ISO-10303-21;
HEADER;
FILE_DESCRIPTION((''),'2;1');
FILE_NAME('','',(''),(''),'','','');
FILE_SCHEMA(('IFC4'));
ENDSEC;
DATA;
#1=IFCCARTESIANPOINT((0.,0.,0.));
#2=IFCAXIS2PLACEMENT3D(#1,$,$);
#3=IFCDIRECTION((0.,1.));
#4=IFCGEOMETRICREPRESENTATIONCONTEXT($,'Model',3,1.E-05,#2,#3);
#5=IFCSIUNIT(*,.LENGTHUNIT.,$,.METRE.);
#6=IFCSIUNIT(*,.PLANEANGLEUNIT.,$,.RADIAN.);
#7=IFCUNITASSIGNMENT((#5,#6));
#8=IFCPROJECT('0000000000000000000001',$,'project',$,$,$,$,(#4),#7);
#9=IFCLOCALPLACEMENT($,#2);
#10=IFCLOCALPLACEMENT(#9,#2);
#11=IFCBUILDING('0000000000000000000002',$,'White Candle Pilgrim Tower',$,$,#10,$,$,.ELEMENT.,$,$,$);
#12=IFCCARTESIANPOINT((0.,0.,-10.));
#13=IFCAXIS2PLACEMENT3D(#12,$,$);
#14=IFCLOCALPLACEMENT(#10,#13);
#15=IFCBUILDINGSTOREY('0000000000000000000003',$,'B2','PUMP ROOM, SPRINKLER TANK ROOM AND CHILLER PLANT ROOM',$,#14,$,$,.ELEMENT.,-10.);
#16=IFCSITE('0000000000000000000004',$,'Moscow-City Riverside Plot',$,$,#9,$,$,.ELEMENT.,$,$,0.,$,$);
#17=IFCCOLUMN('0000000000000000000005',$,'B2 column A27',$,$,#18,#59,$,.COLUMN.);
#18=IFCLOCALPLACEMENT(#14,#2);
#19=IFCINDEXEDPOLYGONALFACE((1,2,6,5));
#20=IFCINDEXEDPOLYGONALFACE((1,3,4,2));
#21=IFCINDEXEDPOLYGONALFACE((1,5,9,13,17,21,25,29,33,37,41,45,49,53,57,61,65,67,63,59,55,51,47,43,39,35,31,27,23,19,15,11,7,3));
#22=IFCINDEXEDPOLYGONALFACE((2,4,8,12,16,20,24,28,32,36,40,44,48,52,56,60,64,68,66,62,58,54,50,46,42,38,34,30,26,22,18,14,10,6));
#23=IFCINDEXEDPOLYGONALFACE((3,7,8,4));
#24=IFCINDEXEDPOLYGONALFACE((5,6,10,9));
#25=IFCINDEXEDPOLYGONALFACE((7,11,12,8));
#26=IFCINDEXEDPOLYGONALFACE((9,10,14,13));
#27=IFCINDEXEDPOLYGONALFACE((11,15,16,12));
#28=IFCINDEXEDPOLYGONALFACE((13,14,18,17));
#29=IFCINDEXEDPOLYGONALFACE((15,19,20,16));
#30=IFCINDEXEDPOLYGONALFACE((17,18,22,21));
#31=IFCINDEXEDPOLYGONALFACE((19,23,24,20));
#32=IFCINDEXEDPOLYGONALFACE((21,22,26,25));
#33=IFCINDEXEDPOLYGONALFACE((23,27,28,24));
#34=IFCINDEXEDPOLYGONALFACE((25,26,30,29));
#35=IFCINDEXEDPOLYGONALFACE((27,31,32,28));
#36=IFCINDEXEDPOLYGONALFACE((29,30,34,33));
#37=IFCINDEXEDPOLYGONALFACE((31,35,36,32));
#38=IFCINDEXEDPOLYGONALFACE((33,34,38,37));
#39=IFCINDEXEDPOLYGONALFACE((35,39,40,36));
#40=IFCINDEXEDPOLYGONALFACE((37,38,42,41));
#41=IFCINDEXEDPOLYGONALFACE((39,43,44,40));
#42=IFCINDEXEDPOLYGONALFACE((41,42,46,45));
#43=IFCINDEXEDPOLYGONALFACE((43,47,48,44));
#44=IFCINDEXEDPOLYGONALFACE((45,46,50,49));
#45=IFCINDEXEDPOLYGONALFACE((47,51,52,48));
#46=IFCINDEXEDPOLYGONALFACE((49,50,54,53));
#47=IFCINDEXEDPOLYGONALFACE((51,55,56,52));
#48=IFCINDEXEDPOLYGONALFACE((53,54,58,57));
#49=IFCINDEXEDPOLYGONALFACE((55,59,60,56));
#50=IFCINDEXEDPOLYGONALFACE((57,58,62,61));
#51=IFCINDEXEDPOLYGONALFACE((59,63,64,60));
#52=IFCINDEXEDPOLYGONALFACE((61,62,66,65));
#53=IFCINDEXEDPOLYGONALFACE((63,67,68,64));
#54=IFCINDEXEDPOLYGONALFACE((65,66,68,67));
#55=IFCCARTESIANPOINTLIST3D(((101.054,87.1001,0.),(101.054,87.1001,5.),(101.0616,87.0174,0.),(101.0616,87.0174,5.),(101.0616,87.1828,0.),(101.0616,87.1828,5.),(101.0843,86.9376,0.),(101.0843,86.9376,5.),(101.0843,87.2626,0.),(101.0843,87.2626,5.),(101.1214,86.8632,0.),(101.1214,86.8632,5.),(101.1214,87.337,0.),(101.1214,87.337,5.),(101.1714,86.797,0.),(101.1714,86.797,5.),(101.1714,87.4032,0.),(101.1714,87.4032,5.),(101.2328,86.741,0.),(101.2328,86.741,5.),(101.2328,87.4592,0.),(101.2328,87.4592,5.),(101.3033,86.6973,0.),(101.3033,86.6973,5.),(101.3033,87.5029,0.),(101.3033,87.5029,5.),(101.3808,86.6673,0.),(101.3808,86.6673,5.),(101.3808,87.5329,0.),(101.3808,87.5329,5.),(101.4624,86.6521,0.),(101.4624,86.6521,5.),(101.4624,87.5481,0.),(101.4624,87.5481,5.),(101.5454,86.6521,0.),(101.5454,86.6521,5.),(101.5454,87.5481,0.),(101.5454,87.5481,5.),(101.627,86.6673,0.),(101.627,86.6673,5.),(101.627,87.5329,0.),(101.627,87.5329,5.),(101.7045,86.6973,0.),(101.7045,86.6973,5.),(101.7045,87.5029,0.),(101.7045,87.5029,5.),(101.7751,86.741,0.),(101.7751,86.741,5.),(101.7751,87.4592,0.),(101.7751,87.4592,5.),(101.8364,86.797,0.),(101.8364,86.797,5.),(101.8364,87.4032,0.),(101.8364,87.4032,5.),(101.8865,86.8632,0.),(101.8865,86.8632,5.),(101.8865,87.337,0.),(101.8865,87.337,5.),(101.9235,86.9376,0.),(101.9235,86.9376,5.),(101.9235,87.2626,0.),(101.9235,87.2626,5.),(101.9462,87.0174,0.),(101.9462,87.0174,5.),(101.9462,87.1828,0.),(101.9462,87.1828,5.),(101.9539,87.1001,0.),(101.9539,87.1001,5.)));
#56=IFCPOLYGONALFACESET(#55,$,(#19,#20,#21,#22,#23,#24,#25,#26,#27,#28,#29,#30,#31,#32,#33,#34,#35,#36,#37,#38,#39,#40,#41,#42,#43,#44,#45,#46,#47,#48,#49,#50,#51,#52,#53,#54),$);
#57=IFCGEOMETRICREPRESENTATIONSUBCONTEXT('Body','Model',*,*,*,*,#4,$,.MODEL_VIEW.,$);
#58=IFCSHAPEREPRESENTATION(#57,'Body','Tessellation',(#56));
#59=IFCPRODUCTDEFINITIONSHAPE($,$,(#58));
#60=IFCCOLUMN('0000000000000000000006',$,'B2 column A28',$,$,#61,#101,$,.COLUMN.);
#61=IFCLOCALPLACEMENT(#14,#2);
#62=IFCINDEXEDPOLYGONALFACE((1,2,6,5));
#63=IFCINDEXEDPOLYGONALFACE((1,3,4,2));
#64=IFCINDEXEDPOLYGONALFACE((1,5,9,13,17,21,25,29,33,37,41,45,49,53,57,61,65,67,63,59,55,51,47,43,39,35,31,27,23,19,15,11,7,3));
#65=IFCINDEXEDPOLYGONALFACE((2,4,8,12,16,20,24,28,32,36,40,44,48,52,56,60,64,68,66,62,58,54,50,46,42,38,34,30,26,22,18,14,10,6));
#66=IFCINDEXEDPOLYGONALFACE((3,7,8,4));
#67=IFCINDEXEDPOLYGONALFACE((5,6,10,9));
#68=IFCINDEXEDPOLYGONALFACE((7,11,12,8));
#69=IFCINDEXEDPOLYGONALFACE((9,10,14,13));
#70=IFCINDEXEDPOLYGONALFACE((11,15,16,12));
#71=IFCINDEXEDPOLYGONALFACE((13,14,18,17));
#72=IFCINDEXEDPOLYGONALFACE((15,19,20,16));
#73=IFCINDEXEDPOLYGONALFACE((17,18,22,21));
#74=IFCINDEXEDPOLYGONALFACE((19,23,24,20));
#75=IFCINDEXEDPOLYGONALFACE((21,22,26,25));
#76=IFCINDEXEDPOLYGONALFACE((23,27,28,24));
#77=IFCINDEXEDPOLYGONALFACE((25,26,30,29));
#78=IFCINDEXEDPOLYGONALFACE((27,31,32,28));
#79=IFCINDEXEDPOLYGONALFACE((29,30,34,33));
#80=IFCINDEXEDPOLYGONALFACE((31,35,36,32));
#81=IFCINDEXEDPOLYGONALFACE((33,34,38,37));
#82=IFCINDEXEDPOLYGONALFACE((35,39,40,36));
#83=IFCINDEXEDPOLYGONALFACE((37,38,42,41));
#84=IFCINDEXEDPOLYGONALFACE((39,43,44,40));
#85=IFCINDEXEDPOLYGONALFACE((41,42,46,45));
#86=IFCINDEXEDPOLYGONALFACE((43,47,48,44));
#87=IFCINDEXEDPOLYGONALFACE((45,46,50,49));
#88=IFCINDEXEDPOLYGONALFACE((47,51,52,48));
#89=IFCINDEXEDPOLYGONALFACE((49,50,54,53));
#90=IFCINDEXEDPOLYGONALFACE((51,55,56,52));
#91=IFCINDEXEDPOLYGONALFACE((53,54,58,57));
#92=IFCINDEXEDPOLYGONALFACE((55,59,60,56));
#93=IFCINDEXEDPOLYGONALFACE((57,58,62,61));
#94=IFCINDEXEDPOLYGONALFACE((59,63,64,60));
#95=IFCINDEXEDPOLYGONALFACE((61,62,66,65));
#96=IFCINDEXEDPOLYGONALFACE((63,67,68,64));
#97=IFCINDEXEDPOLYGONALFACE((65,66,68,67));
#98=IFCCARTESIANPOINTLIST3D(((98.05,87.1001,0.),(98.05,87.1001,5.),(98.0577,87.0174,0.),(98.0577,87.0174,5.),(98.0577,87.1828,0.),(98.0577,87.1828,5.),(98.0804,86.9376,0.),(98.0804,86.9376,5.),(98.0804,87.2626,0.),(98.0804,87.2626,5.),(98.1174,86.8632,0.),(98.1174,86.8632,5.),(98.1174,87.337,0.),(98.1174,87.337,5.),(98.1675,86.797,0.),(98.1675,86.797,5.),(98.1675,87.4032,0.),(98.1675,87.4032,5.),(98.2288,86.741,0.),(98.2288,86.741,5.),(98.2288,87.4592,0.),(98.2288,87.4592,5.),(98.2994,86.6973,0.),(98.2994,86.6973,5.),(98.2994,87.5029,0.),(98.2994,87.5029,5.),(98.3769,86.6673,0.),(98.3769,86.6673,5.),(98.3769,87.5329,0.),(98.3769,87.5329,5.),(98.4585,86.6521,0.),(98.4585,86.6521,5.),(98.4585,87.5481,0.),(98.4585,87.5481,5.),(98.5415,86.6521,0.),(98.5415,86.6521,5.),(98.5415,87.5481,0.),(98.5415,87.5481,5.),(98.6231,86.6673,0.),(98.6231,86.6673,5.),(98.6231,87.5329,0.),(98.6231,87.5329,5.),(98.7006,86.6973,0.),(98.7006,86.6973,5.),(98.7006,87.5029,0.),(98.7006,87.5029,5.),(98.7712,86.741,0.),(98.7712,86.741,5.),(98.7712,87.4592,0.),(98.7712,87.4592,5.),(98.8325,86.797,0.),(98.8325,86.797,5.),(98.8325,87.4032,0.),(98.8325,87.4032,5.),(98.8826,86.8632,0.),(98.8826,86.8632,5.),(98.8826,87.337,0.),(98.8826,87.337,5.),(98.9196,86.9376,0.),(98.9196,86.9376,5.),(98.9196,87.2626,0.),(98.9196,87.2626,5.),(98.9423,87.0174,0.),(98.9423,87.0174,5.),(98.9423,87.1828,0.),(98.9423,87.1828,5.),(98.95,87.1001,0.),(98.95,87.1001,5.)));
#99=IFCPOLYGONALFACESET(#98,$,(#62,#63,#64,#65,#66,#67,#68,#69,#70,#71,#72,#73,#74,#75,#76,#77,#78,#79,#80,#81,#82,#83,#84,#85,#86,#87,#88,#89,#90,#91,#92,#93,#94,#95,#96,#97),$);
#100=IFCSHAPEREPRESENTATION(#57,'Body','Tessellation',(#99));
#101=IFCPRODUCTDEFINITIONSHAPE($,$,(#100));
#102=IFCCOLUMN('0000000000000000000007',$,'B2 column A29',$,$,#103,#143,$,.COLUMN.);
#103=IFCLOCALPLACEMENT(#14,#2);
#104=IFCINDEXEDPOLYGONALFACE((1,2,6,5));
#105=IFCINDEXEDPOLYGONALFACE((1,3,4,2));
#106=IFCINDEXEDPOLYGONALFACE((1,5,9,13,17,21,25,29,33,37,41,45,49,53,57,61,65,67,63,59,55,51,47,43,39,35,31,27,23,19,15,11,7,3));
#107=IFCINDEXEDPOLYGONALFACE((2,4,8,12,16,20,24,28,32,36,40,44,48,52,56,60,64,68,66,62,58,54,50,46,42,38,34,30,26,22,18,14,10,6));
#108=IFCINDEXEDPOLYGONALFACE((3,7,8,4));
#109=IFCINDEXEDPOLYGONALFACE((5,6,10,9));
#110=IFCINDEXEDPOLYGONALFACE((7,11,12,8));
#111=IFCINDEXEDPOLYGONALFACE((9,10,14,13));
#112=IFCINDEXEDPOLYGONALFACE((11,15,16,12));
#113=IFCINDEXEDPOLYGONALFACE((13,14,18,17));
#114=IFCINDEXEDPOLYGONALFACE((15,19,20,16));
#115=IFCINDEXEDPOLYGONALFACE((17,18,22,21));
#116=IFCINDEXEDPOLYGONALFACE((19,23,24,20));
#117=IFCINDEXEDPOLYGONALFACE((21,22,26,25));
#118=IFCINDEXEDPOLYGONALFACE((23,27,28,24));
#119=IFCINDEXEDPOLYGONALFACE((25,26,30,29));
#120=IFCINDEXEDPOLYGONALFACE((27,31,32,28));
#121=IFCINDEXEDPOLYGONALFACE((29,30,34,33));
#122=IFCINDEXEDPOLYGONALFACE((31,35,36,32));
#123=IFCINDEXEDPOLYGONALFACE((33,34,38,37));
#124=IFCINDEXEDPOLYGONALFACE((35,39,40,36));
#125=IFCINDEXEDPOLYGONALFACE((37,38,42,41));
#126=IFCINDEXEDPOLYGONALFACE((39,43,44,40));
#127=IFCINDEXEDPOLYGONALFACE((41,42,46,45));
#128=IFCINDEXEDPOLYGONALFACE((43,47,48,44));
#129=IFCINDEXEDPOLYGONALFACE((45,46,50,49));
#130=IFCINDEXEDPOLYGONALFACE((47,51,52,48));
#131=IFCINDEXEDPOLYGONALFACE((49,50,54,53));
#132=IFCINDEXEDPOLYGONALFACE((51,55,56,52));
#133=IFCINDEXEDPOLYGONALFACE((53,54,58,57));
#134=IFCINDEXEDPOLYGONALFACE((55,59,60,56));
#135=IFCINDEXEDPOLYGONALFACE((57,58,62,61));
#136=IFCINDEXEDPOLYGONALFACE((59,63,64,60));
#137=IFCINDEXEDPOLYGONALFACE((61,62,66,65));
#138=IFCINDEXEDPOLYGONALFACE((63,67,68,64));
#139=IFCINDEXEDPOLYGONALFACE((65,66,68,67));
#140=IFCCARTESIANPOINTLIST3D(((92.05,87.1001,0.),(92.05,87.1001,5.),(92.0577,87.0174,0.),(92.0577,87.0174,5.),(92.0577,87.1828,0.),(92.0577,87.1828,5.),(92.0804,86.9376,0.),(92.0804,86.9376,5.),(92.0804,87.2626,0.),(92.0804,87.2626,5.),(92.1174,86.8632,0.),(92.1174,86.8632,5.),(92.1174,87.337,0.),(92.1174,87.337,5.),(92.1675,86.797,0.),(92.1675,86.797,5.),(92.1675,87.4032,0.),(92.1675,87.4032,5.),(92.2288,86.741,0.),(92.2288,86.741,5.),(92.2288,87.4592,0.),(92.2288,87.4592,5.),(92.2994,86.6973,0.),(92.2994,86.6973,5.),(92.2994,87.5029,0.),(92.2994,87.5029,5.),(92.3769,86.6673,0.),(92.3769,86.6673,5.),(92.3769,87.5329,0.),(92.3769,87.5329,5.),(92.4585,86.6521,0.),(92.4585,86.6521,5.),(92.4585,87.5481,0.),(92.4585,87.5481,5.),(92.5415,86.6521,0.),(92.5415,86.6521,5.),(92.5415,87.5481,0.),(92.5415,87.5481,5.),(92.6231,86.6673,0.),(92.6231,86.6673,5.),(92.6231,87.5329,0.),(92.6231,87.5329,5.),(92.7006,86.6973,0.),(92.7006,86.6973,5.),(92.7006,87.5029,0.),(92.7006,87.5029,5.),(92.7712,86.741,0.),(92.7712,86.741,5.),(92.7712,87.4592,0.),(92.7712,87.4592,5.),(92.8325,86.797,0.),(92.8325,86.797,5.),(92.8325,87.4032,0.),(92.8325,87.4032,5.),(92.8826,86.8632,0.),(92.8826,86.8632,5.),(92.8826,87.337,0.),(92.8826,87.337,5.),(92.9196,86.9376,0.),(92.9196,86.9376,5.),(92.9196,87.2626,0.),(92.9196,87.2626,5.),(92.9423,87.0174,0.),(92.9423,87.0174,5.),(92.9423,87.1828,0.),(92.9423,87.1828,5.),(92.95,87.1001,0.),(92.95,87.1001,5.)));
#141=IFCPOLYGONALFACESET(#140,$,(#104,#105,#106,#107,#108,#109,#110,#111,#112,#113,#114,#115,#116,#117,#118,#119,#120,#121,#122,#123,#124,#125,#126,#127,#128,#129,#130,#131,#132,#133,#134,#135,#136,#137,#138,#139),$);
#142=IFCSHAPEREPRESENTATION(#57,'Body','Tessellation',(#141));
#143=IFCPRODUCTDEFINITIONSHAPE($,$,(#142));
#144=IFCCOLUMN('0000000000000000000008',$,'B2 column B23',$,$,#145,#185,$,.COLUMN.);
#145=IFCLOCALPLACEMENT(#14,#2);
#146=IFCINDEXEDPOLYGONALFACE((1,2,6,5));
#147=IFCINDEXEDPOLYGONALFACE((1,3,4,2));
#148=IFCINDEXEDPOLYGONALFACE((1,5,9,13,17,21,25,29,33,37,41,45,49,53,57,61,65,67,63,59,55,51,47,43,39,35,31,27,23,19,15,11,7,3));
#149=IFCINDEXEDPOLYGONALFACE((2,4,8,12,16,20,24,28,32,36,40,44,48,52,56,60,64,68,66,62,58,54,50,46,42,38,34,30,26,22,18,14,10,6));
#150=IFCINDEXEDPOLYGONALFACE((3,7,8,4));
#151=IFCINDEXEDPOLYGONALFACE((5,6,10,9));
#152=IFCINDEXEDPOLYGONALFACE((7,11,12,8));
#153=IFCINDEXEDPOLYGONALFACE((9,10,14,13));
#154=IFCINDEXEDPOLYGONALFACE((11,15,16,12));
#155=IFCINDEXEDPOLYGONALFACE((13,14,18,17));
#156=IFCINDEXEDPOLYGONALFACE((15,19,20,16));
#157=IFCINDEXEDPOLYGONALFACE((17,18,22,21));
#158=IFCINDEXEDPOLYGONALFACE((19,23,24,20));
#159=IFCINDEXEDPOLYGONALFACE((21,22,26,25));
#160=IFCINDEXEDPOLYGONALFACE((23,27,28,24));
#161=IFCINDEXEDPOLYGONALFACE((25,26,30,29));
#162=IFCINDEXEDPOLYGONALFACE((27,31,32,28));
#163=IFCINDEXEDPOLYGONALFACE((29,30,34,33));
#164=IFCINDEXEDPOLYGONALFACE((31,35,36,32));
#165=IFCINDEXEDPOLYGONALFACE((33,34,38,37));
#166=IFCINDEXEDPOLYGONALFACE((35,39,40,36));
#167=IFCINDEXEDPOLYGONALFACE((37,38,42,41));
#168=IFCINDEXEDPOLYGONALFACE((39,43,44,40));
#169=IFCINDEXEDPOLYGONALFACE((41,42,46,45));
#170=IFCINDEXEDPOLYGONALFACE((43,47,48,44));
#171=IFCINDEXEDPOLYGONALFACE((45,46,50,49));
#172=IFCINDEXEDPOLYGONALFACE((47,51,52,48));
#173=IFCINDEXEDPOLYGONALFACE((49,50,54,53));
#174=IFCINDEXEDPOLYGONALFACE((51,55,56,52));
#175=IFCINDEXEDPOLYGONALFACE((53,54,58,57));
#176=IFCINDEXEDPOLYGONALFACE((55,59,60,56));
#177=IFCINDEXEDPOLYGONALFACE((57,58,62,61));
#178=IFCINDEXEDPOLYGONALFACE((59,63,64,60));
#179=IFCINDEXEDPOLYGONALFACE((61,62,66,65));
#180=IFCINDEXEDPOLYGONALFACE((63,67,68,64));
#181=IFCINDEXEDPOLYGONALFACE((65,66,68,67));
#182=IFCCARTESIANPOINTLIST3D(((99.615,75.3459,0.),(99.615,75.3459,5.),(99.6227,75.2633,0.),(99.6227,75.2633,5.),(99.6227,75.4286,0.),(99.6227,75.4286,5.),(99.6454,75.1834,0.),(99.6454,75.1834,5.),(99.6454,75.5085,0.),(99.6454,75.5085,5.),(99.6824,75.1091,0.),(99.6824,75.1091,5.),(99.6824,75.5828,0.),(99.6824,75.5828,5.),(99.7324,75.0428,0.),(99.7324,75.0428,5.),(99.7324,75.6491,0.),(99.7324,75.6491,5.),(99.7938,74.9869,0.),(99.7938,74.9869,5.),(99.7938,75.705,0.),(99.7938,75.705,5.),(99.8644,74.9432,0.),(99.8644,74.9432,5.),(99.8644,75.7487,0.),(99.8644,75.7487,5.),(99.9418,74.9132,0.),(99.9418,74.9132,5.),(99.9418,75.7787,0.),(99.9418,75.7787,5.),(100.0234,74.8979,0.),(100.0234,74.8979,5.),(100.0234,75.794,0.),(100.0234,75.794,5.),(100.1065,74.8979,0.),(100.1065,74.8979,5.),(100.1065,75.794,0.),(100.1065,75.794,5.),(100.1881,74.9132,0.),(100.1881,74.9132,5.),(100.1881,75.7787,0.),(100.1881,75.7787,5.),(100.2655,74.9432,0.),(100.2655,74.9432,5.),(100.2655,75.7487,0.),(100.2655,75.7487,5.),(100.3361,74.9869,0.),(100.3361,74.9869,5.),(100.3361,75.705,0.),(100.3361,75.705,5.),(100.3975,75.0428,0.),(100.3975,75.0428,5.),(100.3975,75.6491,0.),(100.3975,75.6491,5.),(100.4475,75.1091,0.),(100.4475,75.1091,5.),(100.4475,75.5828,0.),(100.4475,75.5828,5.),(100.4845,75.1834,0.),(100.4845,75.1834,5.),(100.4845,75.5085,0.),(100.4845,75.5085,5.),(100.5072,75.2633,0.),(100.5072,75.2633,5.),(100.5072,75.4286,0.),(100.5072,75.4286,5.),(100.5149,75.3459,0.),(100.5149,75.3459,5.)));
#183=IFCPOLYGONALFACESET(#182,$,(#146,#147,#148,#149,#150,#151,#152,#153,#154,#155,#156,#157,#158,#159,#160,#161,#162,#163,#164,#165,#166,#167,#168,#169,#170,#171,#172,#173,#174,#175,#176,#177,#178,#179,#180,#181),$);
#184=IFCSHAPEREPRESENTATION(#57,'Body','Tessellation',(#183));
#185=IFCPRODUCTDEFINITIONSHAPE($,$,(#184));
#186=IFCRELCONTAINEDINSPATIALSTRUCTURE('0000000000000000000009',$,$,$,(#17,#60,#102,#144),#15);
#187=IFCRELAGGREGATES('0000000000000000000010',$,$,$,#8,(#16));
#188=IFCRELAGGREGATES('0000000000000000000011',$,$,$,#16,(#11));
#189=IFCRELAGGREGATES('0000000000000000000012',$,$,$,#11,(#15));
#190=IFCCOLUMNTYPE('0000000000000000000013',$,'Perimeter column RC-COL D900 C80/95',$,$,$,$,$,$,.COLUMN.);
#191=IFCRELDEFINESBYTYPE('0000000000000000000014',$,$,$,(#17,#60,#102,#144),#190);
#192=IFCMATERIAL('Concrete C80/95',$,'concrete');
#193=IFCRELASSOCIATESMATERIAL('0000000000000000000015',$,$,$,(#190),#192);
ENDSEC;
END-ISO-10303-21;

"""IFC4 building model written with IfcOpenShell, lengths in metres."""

from ifc_helpers import new_model, si_unit, direction, frame, origin, origin_2d, place, context, subcontext, project, spatial, circle, extrude, material, material_profile, profile_set, type_object, element, save


model = new_model("IFC4")

# Units and contexts
model_context = context("Model", 3, precision=1e-05, world=origin(), true_north=direction((0.0, 1.0)))
body_context = subcontext(model_context, "Body", "Model", "MODEL_VIEW")
ifc_project = project(units=[si_unit("LENGTHUNIT", "METRE"), si_unit("PLANEANGLEUNIT", "RADIAN")], contexts=[model_context])

# Site, building, storey
site_placement = place(None, origin())
site = spatial("IfcSite", under=ifc_project, at=site_placement, Name="Moscow-City Riverside Plot", CompositionType="ELEMENT", RefElevation=0.0)
building_placement = place(site_placement, origin())
building = spatial("IfcBuilding", under=site, at=building_placement, Name="White Candle Pilgrim Tower", CompositionType="ELEMENT")
storey_placement = place(building_placement, frame((0.0, 0.0, -10.0)))
storey = spatial("IfcBuildingStorey", under=building, at=storey_placement, Name="B2", Description="PUMP ROOM, SPRINKLER TANK ROOM AND CHILLER PLANT ROOM", CompositionType="ELEMENT", Elevation=-10.0)

# Columns
ifc_material_1 = material(Name="Concrete C80/95", Category="concrete")
ifc_material_profile_1 = material_profile(ifc_material_1, circle(Radius=0.45, at=origin_2d()), Name="RC-COL D900")
ifc_profile_set_1 = profile_set([ifc_material_profile_1], Name="Concrete C80/95")
column_type = type_object("IfcColumnType", Name="Perimeter column RC-COL D900 C80/95", PredefinedType="COLUMN", material=ifc_profile_set_1)
for number, where, z_axis, x_axis, name in (
    (1, (101.5039, 87.1001, 0.0), (0.0, 0.0, 1.0), (1.0, 0.0, 0.0), "B2 column A27"),
    (2, (98.5, 87.1001, 0.0), (0.0, 0.0, 1.0), (1.0, 0.0, 0.0), "B2 column A28"),
    (3, (92.5, 87.1001, 0.0), (0.0, 0.0, 1.0), (1.0, 0.0, 0.0), "B2 column A29"),
    (4, (100.0649, 75.3459, 0.0), (0.0, 0.0, 1.0), (1.0, 0.0, 0.0), "B2 column B23"),
):
    element("IfcColumn", number, at=place(storey_placement, frame(where, z_axis=z_axis, x_axis=x_axis)), inside=storey, type_object=column_type, Name=name, PredefinedType="COLUMN", context=body_context, shape_type="SweptSolid", body=[
        extrude(circle(Radius=0.45, at=origin_2d()), origin(), (0.0, 0.0, 1.0), 5.0),
    ])

save(model, "model.ifc")
